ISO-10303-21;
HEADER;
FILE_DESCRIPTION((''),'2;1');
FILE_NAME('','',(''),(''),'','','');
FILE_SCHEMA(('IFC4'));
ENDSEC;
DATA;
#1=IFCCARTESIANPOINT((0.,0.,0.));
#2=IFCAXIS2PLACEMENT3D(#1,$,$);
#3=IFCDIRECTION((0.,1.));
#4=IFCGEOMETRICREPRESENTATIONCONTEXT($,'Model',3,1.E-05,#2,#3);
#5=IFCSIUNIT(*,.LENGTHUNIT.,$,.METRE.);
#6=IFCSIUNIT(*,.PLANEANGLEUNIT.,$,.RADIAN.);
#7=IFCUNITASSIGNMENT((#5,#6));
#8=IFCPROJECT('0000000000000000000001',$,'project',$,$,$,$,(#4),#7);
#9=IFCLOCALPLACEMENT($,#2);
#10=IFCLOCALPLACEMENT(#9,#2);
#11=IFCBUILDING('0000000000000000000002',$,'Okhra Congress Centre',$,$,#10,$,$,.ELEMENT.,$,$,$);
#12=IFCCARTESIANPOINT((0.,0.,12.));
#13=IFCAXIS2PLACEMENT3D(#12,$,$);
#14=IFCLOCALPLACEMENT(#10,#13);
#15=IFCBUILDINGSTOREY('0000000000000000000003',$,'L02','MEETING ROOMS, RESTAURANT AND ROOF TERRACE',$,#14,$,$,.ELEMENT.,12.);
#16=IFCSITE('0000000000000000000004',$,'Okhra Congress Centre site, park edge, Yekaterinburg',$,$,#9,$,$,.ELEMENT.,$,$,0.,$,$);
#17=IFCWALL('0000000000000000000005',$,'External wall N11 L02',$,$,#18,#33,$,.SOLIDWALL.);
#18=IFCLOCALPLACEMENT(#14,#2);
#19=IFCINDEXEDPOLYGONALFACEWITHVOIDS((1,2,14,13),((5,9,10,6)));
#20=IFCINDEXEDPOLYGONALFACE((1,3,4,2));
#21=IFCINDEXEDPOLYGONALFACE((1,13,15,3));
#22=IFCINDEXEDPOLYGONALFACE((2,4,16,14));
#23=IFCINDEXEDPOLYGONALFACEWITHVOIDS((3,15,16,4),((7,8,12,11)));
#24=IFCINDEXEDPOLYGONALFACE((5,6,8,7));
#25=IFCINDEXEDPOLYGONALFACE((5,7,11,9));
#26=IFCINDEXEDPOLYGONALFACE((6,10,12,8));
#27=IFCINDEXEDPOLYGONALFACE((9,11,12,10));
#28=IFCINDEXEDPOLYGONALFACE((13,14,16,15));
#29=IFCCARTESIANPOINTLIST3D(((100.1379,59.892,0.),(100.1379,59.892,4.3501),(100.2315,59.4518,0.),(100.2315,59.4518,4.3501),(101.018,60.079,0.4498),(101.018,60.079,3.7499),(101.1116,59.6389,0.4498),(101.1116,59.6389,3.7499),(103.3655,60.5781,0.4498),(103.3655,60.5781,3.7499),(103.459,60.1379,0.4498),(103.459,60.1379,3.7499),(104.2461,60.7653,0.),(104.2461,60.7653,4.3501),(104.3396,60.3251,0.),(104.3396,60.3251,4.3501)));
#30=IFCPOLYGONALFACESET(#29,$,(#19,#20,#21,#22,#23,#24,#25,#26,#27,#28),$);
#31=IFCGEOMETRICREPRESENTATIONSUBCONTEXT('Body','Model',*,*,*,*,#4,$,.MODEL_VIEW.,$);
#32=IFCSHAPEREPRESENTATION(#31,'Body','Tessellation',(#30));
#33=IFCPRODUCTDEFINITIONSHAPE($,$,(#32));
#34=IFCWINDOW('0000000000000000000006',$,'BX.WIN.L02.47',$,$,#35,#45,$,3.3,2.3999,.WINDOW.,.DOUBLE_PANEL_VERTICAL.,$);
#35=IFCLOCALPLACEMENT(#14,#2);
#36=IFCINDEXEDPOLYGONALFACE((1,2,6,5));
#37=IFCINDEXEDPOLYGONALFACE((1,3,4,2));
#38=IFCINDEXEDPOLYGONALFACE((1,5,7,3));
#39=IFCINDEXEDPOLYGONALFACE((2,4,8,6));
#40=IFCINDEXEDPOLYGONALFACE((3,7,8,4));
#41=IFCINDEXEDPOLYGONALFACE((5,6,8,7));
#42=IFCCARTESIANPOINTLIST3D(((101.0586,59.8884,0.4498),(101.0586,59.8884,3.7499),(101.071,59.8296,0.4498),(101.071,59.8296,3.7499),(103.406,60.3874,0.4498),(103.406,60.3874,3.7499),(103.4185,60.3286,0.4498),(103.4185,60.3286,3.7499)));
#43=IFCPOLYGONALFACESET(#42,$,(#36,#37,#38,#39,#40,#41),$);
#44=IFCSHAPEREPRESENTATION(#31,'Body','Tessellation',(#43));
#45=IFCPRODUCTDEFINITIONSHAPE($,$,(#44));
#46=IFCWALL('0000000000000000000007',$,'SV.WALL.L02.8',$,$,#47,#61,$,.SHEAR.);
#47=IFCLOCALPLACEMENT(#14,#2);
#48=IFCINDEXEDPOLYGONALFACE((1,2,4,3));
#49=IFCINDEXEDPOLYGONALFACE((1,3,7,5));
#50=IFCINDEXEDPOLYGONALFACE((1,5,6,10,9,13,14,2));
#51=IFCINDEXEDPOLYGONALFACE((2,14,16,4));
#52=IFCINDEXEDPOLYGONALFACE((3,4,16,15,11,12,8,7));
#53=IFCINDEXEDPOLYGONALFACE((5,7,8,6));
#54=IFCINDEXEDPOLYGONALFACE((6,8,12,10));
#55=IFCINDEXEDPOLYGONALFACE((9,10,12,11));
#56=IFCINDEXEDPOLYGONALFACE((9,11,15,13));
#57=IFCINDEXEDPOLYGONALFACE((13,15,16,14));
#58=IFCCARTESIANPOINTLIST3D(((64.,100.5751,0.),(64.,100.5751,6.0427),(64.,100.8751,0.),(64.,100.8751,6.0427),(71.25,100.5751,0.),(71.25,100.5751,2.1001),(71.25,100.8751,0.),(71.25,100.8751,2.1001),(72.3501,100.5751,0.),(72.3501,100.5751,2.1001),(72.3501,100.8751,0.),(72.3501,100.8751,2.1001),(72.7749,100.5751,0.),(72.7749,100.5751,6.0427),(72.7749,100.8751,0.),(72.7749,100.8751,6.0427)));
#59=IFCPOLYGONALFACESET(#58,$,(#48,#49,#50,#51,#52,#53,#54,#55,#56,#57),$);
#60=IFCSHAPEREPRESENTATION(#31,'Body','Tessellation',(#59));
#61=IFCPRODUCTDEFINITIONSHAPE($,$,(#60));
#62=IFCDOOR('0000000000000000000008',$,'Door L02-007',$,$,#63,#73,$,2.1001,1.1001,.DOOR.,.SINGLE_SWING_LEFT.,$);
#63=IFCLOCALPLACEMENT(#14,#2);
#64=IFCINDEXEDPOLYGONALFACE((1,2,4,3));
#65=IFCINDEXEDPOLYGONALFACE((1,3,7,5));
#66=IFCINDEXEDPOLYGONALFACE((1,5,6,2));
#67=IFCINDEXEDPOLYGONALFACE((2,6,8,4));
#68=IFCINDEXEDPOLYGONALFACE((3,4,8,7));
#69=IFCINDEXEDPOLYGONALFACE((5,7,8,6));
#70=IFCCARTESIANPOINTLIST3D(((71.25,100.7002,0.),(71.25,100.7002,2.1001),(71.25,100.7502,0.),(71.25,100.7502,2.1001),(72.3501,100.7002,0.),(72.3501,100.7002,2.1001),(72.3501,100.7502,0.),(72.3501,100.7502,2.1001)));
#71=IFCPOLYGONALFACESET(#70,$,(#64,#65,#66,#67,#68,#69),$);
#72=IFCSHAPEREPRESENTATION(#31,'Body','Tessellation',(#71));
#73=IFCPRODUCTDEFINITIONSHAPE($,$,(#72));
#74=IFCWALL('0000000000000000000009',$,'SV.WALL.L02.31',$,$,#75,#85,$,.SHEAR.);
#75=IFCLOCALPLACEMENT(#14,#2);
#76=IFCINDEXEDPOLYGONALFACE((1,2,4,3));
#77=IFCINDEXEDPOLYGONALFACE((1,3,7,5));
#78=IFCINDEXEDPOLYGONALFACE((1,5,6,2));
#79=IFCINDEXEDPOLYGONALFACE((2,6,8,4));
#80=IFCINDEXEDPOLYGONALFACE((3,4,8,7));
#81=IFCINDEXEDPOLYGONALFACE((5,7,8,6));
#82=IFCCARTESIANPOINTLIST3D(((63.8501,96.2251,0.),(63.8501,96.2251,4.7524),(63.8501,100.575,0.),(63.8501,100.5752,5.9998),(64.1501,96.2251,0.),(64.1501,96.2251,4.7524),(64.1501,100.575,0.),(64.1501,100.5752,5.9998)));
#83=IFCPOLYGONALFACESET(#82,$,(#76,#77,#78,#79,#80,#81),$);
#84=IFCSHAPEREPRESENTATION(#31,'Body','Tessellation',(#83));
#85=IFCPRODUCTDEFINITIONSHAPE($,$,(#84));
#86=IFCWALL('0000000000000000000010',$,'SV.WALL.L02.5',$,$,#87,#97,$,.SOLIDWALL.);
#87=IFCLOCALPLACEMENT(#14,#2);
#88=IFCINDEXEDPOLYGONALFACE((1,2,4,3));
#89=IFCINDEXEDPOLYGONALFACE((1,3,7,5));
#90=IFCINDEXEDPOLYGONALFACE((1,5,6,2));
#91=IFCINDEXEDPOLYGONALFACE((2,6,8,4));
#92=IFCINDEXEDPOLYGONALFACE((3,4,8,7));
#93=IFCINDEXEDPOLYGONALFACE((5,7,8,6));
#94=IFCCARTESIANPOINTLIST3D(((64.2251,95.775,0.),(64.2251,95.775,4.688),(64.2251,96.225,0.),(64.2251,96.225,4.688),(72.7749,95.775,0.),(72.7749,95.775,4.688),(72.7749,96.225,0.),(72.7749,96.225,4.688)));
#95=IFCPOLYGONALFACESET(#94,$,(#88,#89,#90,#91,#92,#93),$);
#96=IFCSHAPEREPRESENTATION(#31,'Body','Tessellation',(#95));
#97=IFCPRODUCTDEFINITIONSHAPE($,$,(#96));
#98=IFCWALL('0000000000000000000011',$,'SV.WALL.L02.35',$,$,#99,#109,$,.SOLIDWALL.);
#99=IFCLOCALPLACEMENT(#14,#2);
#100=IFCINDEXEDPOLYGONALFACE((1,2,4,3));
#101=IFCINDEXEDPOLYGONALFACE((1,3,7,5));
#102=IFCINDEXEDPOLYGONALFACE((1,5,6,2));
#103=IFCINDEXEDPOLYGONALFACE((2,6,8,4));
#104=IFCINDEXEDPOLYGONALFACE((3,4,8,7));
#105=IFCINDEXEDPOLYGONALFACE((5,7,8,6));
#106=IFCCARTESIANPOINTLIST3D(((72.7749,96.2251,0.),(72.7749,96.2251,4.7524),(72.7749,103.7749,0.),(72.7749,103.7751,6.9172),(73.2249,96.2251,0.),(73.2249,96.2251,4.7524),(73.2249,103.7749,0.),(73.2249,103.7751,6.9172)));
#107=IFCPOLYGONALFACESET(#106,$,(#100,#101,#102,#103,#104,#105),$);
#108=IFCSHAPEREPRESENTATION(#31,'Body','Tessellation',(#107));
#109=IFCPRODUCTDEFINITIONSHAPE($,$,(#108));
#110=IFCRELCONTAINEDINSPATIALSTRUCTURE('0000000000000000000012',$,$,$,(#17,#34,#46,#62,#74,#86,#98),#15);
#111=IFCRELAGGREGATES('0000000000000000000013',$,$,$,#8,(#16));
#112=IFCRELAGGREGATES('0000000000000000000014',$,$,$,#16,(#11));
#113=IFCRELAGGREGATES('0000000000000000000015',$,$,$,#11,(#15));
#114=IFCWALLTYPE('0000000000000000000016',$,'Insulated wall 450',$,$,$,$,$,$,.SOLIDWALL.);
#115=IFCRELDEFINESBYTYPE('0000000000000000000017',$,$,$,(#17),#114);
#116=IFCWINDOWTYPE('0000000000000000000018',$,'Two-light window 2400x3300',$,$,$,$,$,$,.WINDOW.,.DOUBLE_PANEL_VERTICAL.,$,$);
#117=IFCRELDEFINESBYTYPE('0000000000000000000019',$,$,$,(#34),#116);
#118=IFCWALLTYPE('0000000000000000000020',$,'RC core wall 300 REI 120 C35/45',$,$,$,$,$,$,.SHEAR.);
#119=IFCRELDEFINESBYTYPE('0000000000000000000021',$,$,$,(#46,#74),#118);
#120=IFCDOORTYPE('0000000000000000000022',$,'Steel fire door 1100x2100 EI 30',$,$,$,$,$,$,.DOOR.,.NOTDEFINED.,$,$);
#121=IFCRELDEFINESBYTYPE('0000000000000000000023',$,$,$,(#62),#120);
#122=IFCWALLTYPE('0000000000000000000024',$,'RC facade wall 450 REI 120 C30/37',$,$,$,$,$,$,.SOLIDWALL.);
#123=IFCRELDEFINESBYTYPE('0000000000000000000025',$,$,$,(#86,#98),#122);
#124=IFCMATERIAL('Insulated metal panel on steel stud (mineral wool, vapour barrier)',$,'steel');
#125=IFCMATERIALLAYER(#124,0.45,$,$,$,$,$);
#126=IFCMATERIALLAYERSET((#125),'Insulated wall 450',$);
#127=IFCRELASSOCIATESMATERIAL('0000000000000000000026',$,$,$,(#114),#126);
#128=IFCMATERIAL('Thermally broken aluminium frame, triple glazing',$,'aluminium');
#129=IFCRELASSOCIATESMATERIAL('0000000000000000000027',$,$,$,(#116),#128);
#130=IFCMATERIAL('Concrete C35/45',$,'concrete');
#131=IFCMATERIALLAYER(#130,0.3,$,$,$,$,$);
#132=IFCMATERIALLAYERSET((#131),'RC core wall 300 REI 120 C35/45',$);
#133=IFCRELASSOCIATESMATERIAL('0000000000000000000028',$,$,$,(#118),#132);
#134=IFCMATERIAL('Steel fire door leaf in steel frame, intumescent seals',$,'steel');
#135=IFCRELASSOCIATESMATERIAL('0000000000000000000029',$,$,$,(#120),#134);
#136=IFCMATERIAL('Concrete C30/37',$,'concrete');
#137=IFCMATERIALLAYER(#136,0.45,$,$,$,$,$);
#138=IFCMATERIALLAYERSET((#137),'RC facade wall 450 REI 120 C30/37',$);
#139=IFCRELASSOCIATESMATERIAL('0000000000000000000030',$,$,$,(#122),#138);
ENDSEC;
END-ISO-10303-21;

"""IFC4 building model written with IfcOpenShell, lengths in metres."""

from ifc_helpers import new_model, si_unit, direction, frame, frame_2d, origin, place, context, subcontext, project, spatial, polyline, rectangle, outline, extrude, material, layer, layer_set, type_object, element, fill, save


model = new_model("IFC4")

# Units and contexts
model_context = context("Model", 3, precision=1e-05, world=origin(), true_north=direction((0.0, 1.0)))
body_context = subcontext(model_context, "Body", "Model", "MODEL_VIEW")
ifc_project = project(units=[si_unit("LENGTHUNIT", "METRE"), si_unit("PLANEANGLEUNIT", "RADIAN")], contexts=[model_context])

# Site, building, storey
site_placement = place(None, origin())
site = spatial("IfcSite", under=ifc_project, at=site_placement, Name="Okhra Congress Centre site, park edge, Yekaterinburg", CompositionType="ELEMENT", RefElevation=0.0)
building_placement = place(site_placement, origin())
building = spatial("IfcBuilding", under=site, at=building_placement, Name="Okhra Congress Centre", CompositionType="ELEMENT")
storey_placement = place(building_placement, frame((0.0, 0.0, 12.0)))
storey = spatial("IfcBuildingStorey", under=building, at=storey_placement, Name="L02", Description="MEETING ROOMS, RESTAURANT AND ROOF TERRACE", CompositionType="ELEMENT", Elevation=12.0)

# Shared definitions
ifc_material_1 = material(Name="Concrete C35/45", Category="concrete")

# Wall, opening, window
ifc_material_2 = material(Name="Insulated metal panel on steel stud (mineral wool, vapour barrier)", Category="steel")
ifc_layer_1 = layer(ifc_material_2, 0.45)
ifc_layer_set_1 = layer_set([ifc_layer_1], Name="Insulated wall 450")
wall_type_1 = type_object("IfcWallType", Name="Insulated wall 450", PredefinedType="SOLIDWALL", material=ifc_layer_set_1)
ifc_material_3 = material(Name="Thermally broken aluminium frame, triple glazing", Category="aluminium")
window_type = type_object("IfcWindowType", Name="Two-light window 2400x3300", PartitioningType="DOUBLE_PANEL_VERTICAL", PredefinedType="WINDOW", material=ifc_material_3)
wall_1_placement = place(storey_placement, frame((100.1846, 59.6719, 0.0), z_axis=(0.0, 0.0, 1.0), x_axis=(0.978144, 0.207929, 0.0)))
wall_1 = element("IfcWall", 1, at=wall_1_placement, inside=storey, type_object=wall_type_1, Name="External wall N11 L02", PredefinedType="SOLIDWALL", context=body_context, shape_type="SweptSolid", body=[
    extrude(rectangle(XDim=4.2, YDim=0.45, at=frame_2d((2.1001, 0.0))), origin(), (0.0, 0.0, 1.0), 4.3501),
])
opening_1_placement = place(wall_1_placement, frame((0.8999, 0.0, 0.45)))
opening_1 = element("IfcOpeningElement", 2, at=opening_1_placement, cuts=wall_1, PredefinedType="OPENING", context=body_context, shape_type="SweptSolid", body=[
    extrude(rectangle(XDim=2.3999, YDim=3.3, at=frame_2d((1.2, 1.6499))), frame((0.0, 0.2349, 0.0), z_axis=(0.0, -1.0, 0.0), x_axis=(1.0, 0.0, 0.0)), (0.0, 0.0, 1.0), 0.47),
])
window_1_placement = place(opening_1_placement, origin())
window_1 = element("IfcWindow", 3, at=window_1_placement, inside=storey, type_object=window_type, Name="BX.WIN.L02.47", OverallHeight=3.3, OverallWidth=2.3999, PartitioningType="DOUBLE_PANEL_VERTICAL", PredefinedType="WINDOW", context=body_context, shape_type="SweptSolid", body=[
    extrude(rectangle(XDim=2.3999, YDim=3.3, at=frame_2d((1.2, 1.6499))), frame((0.0, 0.03, 0.0), z_axis=(0.0, -1.0, 0.0), x_axis=(1.0, 0.0, 0.0)), (0.0, 0.0, 1.0), 0.0601),
])
fill(opening_1, window_1)

# Wall, opening, door
ifc_layer_2 = layer(ifc_material_1, 0.3)
ifc_layer_set_2 = layer_set([ifc_layer_2], Name="RC core wall 300 REI 120 C35/45")
wall_type_2 = type_object("IfcWallType", Name="RC core wall 300 REI 120 C35/45", PredefinedType="SHEAR", material=ifc_layer_set_2)
wall_2_placement = place(storey_placement, frame((64.0, 100.7251, 0.0), z_axis=(0.0, 0.0, 1.0), x_axis=(1.0, 0.0, 0.0)))
wall_2 = element("IfcWall", 4, at=wall_2_placement, inside=storey, type_object=wall_type_2, Name="SV.WALL.L02.8", PredefinedType="SHEAR", context=body_context, shape_type="SweptSolid", body=[
    extrude(rectangle(XDim=8.7749, YDim=0.3, at=frame_2d((4.3875, 0.0))), origin(), (0.0, 0.0, 1.0), 6.0427),
])
opening_2_placement = place(wall_2_placement, frame((7.25, 0.0, 0.0)))
opening_2 = element("IfcOpeningElement", 5, at=opening_2_placement, cuts=wall_2, PredefinedType="OPENING", context=body_context, shape_type="SweptSolid", body=[
    extrude(rectangle(XDim=1.1001, YDim=2.1001, at=frame_2d((0.55, 1.05))), frame((0.0, 0.1599, 0.0), z_axis=(0.0, -1.0, 0.0), x_axis=(1.0, 0.0, 0.0)), (0.0, 0.0, 1.0), 0.3201),
])
ifc_material_4 = material(Name="Steel fire door leaf in steel frame, intumescent seals", Category="steel")
door_type = type_object("IfcDoorType", Name="Steel fire door 1100x2100 EI 30", OperationType="NOTDEFINED", PredefinedType="DOOR", material=ifc_material_4)
door_placement = place(opening_2_placement, frame((1.1001, 0.0, 0.0), z_axis=(0.0, 0.0, 1.0), x_axis=(-1.0, 0.0, 0.0)))
door = element("IfcDoor", 6, at=door_placement, inside=storey, type_object=door_type, Name="Door L02-007", OperationType="SINGLE_SWING_LEFT", OverallHeight=2.1001, OverallWidth=1.1001, PredefinedType="DOOR", context=body_context, shape_type="SweptSolid", body=[
    extrude(rectangle(XDim=1.1001, YDim=2.1001, at=frame_2d((0.55, 1.05))), frame((0.0, 0.0249, 0.0), z_axis=(0.0, -1.0, 0.0), x_axis=(1.0, 0.0, 0.0)), (0.0, 0.0, 1.0), 0.05),
])
fill(opening_2, door)

# Walls
wall_3_placement = place(storey_placement, frame((64.0, 96.2251, 0.0), z_axis=(0.0, 0.0, 1.0), x_axis=(0.0, 1.0, 0.0)))
element("IfcWall", 7, at=wall_3_placement, inside=storey, type_object=wall_type_2, Name="SV.WALL.L02.31", PredefinedType="SHEAR", context=body_context, shape_type="SweptSolid", body=[
    extrude(outline(polyline([(0.0, 0.0), (4.3499, 0.0), (4.3501, 5.9998), (0.0, 4.7524), (0.0, 0.0)])), frame((0.0, 0.1499, 0.0), z_axis=(0.0, -1.0, 0.0), x_axis=(1.0, 0.0, 0.0)), (0.0, 0.0, 1.0), 0.3),
])
ifc_material_5 = material(Name="Concrete C30/37", Category="concrete")
ifc_layer_3 = layer(ifc_material_5, 0.45)
ifc_layer_set_3 = layer_set([ifc_layer_3], Name="RC facade wall 450 REI 120 C30/37")
wall_type_3 = type_object("IfcWallType", Name="RC facade wall 450 REI 120 C30/37", PredefinedType="SOLIDWALL", material=ifc_layer_set_3)
wall_4_placement = place(storey_placement, frame((64.2251, 96.0, 0.0), z_axis=(0.0, 0.0, 1.0), x_axis=(1.0, 0.0, 0.0)))
element("IfcWall", 8, at=wall_4_placement, inside=storey, type_object=wall_type_3, Name="SV.WALL.L02.5", PredefinedType="SOLIDWALL", context=body_context, shape_type="SweptSolid", body=[
    extrude(rectangle(XDim=8.5498, YDim=0.45, at=frame_2d((4.2749, 0.0))), origin(), (0.0, 0.0, 1.0), 4.688),
])
wall_5_placement = place(storey_placement, frame((73.0, 96.2251, 0.0), z_axis=(0.0, 0.0, 1.0), x_axis=(0.0, 1.0, 0.0)))
element("IfcWall", 9, at=wall_5_placement, inside=storey, type_object=wall_type_3, Name="SV.WALL.L02.35", PredefinedType="SOLIDWALL", context=body_context, shape_type="SweptSolid", body=[
    extrude(outline(polyline([(0.0, 0.0), (7.5498, 0.0), (7.55, 6.9172), (0.0, 4.7524), (0.0, 0.0)])), frame((0.0, 0.2251, 0.0), z_axis=(0.0, -1.0, 0.0), x_axis=(1.0, 0.0, 0.0)), (0.0, 0.0, 1.0), 0.45),
])

save(model, "model.ifc")
